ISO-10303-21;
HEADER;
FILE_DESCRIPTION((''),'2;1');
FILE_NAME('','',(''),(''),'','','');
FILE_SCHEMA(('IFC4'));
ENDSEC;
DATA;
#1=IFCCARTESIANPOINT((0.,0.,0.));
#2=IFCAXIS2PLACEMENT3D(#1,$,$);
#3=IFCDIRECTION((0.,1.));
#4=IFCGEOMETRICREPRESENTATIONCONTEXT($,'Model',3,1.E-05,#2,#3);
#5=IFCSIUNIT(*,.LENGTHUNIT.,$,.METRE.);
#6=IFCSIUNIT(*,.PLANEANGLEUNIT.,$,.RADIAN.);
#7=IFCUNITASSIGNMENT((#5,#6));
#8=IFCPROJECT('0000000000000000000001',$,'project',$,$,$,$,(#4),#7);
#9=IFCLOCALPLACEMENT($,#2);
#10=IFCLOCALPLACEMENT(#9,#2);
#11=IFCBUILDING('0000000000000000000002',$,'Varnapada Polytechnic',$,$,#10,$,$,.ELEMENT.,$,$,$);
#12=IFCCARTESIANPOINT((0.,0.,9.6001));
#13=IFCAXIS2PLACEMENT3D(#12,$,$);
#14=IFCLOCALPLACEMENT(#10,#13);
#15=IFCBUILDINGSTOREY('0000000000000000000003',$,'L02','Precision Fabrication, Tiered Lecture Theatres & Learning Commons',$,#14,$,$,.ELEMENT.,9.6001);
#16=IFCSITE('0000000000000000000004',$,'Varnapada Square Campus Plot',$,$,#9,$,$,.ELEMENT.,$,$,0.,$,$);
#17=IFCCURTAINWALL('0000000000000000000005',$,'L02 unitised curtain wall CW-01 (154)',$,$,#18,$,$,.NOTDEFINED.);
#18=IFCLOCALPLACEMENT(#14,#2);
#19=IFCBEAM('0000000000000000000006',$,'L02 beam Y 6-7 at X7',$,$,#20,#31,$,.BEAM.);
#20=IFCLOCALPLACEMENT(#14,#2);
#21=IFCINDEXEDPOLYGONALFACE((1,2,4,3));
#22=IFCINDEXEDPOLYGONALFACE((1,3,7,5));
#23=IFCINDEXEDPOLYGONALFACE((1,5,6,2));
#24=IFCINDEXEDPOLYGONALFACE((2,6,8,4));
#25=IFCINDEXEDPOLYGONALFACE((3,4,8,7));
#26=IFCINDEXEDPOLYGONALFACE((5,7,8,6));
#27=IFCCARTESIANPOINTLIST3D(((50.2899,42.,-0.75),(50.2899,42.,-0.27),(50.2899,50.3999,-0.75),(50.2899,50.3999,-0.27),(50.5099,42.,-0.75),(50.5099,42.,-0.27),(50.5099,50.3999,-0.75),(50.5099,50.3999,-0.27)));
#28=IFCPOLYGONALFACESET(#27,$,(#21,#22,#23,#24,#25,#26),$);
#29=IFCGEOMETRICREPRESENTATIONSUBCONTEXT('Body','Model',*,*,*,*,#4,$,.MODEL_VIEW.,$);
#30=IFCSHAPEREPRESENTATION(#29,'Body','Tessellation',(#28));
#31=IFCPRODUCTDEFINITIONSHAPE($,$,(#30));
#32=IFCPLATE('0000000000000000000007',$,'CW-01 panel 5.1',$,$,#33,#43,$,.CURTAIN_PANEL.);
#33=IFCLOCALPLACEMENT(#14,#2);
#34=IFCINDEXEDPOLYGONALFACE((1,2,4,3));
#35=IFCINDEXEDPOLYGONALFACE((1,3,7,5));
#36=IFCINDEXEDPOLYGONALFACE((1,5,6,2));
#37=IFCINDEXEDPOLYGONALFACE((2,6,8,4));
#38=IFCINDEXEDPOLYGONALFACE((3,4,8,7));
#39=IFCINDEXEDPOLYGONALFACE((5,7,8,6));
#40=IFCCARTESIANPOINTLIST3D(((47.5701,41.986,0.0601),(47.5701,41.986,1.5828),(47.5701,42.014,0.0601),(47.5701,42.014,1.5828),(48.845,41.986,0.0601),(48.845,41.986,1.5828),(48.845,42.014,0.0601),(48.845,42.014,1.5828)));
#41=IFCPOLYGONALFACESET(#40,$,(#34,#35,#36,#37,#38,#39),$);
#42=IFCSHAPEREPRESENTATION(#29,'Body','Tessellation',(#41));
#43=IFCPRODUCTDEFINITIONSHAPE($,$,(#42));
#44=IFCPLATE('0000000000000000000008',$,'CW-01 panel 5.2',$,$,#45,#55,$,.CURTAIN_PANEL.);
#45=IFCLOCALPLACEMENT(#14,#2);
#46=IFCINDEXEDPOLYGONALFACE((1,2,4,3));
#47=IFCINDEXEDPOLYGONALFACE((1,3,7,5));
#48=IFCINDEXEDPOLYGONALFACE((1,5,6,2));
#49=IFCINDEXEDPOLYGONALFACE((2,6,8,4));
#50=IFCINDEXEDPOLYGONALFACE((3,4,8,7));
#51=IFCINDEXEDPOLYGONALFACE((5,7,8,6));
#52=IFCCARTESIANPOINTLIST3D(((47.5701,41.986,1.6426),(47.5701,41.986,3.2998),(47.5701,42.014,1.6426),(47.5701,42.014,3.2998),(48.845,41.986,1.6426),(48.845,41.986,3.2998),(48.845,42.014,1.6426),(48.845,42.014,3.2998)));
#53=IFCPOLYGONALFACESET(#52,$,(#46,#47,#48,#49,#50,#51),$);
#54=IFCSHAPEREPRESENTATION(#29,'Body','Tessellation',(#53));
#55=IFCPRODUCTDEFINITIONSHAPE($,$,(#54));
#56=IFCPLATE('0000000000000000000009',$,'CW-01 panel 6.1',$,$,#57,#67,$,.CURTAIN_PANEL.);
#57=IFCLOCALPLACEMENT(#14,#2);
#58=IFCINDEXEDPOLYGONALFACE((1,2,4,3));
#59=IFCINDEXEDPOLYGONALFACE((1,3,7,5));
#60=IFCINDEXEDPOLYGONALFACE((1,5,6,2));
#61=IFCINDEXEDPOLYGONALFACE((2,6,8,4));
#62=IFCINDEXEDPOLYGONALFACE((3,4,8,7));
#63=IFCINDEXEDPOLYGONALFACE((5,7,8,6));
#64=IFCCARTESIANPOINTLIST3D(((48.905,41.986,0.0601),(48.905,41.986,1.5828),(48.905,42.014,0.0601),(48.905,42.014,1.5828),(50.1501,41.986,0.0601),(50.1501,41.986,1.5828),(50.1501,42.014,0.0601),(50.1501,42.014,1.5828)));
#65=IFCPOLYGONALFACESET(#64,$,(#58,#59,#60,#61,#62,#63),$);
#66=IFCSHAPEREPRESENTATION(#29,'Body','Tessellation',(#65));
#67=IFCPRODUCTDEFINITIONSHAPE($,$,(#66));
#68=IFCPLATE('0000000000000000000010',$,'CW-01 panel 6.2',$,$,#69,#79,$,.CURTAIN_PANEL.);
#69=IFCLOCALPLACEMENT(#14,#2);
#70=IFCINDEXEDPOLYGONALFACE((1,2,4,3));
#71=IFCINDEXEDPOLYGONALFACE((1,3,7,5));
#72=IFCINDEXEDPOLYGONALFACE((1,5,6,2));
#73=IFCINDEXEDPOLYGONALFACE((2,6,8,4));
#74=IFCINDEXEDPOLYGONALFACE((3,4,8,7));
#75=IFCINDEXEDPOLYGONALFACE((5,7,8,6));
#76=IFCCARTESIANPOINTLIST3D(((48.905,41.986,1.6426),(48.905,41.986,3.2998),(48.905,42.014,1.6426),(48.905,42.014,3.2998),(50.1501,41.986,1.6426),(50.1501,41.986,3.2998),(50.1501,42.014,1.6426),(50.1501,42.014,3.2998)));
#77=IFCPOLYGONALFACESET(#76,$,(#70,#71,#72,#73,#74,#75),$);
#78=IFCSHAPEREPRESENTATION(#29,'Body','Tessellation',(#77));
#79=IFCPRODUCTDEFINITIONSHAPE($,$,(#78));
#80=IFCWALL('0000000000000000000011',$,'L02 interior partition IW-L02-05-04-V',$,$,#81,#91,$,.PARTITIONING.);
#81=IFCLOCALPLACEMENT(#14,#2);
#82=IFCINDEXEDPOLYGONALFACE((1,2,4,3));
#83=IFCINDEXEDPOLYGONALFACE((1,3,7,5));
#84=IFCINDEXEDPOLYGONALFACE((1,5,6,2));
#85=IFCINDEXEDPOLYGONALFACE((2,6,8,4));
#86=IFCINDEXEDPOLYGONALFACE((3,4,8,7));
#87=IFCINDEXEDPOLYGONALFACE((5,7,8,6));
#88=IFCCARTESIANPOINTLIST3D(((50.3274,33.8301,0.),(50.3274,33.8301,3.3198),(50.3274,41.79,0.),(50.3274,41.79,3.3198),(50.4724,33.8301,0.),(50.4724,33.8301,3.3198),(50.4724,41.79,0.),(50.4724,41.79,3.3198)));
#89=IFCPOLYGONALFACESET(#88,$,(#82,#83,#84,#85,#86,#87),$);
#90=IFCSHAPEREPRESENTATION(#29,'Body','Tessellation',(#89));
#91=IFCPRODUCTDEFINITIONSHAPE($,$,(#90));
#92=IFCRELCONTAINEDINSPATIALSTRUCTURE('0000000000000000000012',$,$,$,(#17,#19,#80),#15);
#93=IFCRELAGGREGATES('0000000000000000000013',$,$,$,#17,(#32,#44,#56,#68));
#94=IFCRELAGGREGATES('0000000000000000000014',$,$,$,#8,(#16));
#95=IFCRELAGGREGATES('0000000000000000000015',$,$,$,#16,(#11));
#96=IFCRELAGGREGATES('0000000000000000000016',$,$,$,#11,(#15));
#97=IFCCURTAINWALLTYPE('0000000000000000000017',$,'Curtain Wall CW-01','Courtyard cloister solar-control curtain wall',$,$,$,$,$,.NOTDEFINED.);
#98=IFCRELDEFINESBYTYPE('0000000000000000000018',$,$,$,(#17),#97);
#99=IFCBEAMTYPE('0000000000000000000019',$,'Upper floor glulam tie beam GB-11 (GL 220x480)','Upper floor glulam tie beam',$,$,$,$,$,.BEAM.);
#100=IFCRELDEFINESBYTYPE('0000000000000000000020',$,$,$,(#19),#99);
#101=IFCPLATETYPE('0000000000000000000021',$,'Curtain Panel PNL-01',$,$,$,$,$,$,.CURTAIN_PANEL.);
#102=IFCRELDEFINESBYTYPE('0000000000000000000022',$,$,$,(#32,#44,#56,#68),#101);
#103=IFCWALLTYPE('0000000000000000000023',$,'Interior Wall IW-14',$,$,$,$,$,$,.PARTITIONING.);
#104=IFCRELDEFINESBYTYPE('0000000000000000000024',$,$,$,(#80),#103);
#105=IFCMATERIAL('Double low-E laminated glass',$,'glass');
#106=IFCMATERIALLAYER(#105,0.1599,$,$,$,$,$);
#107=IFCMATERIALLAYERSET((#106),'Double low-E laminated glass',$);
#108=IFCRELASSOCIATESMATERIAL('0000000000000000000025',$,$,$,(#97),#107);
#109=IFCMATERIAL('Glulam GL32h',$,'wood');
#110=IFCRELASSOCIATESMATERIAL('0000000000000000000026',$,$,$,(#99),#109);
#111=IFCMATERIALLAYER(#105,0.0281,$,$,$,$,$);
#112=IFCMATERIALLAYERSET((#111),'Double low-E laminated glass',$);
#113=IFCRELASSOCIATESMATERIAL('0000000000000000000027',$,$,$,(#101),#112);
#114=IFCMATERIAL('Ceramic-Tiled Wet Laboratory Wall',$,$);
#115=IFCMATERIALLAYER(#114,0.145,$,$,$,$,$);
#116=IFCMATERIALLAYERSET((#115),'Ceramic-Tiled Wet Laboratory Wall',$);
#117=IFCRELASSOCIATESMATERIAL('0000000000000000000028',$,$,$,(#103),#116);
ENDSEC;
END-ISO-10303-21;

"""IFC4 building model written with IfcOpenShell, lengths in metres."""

from ifc_helpers import new_model, si_unit, direction, frame, frame_2d, origin, origin_2d, place, context, subcontext, project, spatial, rectangle, extrude, material, layer, layer_set, material_profile, profile_set, type_object, element, aggregate, save


model = new_model("IFC4")

# Units and contexts
model_context = context("Model", 3, precision=1e-05, world=origin(), true_north=direction((0.0, 1.0)))
body_context = subcontext(model_context, "Body", "Model", "MODEL_VIEW")
ifc_project = project(units=[si_unit("LENGTHUNIT", "METRE"), si_unit("PLANEANGLEUNIT", "RADIAN")], contexts=[model_context])

# Site, building, storey
site_placement = place(None, origin())
site = spatial("IfcSite", under=ifc_project, at=site_placement, Name="Varnapada Square Campus Plot", CompositionType="ELEMENT", RefElevation=0.0)
building_placement = place(site_placement, origin())
building = spatial("IfcBuilding", under=site, at=building_placement, Name="Varnapada Polytechnic", CompositionType="ELEMENT")
storey_placement = place(building_placement, frame((0.0, 0.0, 9.6001)))
storey = spatial("IfcBuildingStorey", under=building, at=storey_placement, Name="L02", Description="Precision Fabrication, Tiered Lecture Theatres & Learning Commons", CompositionType="ELEMENT", Elevation=9.6001)

# Shared definitions
ifc_material_1 = material(Name="Glulam GL32h", Category="wood")

# Curtain wall
ifc_material_2 = material(Name="Double low-E laminated glass", Category="glass")
ifc_layer_1 = layer(ifc_material_2, 0.1599)
ifc_layer_set_1 = layer_set([ifc_layer_1], Name="Double low-E laminated glass")
curtain_wall_type = type_object("IfcCurtainWallType", Name="Curtain Wall CW-01", Description="Courtyard cloister solar-control curtain wall", PredefinedType="NOTDEFINED", material=ifc_layer_set_1)
curtain_wall_1_placement = place(storey_placement, origin())
curtain_wall_1 = element("IfcCurtainWall", 1, at=curtain_wall_1_placement, inside=storey, type_object=curtain_wall_type, Name="L02 unitised curtain wall CW-01 (154)", PredefinedType="NOTDEFINED")

# Beam
ifc_material_profile_1 = material_profile(ifc_material_1, rectangle(XDim=0.22, YDim=0.48, at=origin_2d()), Name="GL 220x480")
ifc_profile_set_1 = profile_set([ifc_material_profile_1], Name="Glulam GL32h")
beam_type_1 = type_object("IfcBeamType", Name="Upper floor glulam tie beam GB-11 (GL 220x480)", Description="Upper floor glulam tie beam", PredefinedType="BEAM", material=ifc_profile_set_1)
beam_1_placement = place(storey_placement, frame((50.3999, 42.0, -0.51), z_axis=(0.0, 1.0, 0.0), x_axis=(-1.0, 0.0, 0.0)))
element("IfcBeam", 2, at=beam_1_placement, inside=storey, type_object=beam_type_1, Name="L02 beam Y 6-7 at X7", PredefinedType="BEAM", context=body_context, shape_type="SweptSolid", body=[
    extrude(rectangle(XDim=0.22, YDim=0.48, at=origin_2d()), origin(), (0.0, 0.0, 1.0), 8.3999),
])

# Plates
ifc_layer_2 = layer(ifc_material_2, 0.0281)
ifc_layer_set_2 = layer_set([ifc_layer_2], Name="Double low-E laminated glass")
plate_type = type_object("IfcPlateType", Name="Curtain Panel PNL-01", PredefinedType="CURTAIN_PANEL", material=ifc_layer_set_2)
plate_1_placement = place(storey_placement, frame((48.2075, 42.0, 0.0601), z_axis=(0.0, 0.0, 1.0), x_axis=(1.0, 0.0, 0.0)))
plate_1 = element("IfcPlate", 3, at=plate_1_placement, type_object=plate_type, Name="CW-01 panel 5.1", PredefinedType="CURTAIN_PANEL", context=body_context, shape_type="SweptSolid", body=[
    extrude(rectangle(XDim=1.2749, YDim=0.0281, at=origin_2d()), origin(), (0.0, 0.0, 1.0), 1.5227),
])
plate_2_placement = place(storey_placement, frame((48.2075, 42.0, 1.6426), z_axis=(0.0, 0.0, 1.0), x_axis=(1.0, 0.0, 0.0)))
plate_2 = element("IfcPlate", 4, at=plate_2_placement, type_object=plate_type, Name="CW-01 panel 5.2", PredefinedType="CURTAIN_PANEL", context=body_context, shape_type="SweptSolid", body=[
    extrude(rectangle(XDim=1.2749, YDim=0.0281, at=origin_2d()), origin(), (0.0, 0.0, 1.0), 1.6572),
])
plate_3_placement = place(storey_placement, frame((49.5276, 42.0, 0.0601), z_axis=(0.0, 0.0, 1.0), x_axis=(1.0, 0.0, 0.0)))
plate_3 = element("IfcPlate", 5, at=plate_3_placement, type_object=plate_type, Name="CW-01 panel 6.1", PredefinedType="CURTAIN_PANEL", context=body_context, shape_type="SweptSolid", body=[
    extrude(rectangle(XDim=1.2451, YDim=0.0281, at=origin_2d()), origin(), (0.0, 0.0, 1.0), 1.5227),
])
plate_4_placement = place(storey_placement, frame((49.5276, 42.0, 1.6426), z_axis=(0.0, 0.0, 1.0), x_axis=(1.0, 0.0, 0.0)))
plate_4 = element("IfcPlate", 6, at=plate_4_placement, type_object=plate_type, Name="CW-01 panel 6.2", PredefinedType="CURTAIN_PANEL", context=body_context, shape_type="SweptSolid", body=[
    extrude(rectangle(XDim=1.2451, YDim=0.0281, at=origin_2d()), origin(), (0.0, 0.0, 1.0), 1.6572),
])
aggregate(curtain_wall_1, [plate_1, plate_2, plate_3, plate_4])

# Wall
ifc_material_3 = material(Name="Ceramic-Tiled Wet Laboratory Wall")
ifc_layer_3 = layer(ifc_material_3, 0.145)
ifc_layer_set_3 = layer_set([ifc_layer_3], Name="Ceramic-Tiled Wet Laboratory Wall")
wall_type = type_object("IfcWallType", Name="Interior Wall IW-14", PredefinedType="PARTITIONING", material=ifc_layer_set_3)
wall_placement = place(storey_placement, frame((50.3999, 33.8301, 0.0), z_axis=(0.0, 0.0, 1.0), x_axis=(0.0, 1.0, 0.0)))
element("IfcWall", 7, at=wall_placement, inside=storey, type_object=wall_type, Name="L02 interior partition IW-L02-05-04-V", PredefinedType="PARTITIONING", context=body_context, shape_type="SweptSolid", body=[
    extrude(rectangle(XDim=7.96, YDim=0.145, at=frame_2d((3.98, 0.0))), origin(), (0.0, 0.0, 1.0), 3.3198),
])

save(model, "model.ifc")
